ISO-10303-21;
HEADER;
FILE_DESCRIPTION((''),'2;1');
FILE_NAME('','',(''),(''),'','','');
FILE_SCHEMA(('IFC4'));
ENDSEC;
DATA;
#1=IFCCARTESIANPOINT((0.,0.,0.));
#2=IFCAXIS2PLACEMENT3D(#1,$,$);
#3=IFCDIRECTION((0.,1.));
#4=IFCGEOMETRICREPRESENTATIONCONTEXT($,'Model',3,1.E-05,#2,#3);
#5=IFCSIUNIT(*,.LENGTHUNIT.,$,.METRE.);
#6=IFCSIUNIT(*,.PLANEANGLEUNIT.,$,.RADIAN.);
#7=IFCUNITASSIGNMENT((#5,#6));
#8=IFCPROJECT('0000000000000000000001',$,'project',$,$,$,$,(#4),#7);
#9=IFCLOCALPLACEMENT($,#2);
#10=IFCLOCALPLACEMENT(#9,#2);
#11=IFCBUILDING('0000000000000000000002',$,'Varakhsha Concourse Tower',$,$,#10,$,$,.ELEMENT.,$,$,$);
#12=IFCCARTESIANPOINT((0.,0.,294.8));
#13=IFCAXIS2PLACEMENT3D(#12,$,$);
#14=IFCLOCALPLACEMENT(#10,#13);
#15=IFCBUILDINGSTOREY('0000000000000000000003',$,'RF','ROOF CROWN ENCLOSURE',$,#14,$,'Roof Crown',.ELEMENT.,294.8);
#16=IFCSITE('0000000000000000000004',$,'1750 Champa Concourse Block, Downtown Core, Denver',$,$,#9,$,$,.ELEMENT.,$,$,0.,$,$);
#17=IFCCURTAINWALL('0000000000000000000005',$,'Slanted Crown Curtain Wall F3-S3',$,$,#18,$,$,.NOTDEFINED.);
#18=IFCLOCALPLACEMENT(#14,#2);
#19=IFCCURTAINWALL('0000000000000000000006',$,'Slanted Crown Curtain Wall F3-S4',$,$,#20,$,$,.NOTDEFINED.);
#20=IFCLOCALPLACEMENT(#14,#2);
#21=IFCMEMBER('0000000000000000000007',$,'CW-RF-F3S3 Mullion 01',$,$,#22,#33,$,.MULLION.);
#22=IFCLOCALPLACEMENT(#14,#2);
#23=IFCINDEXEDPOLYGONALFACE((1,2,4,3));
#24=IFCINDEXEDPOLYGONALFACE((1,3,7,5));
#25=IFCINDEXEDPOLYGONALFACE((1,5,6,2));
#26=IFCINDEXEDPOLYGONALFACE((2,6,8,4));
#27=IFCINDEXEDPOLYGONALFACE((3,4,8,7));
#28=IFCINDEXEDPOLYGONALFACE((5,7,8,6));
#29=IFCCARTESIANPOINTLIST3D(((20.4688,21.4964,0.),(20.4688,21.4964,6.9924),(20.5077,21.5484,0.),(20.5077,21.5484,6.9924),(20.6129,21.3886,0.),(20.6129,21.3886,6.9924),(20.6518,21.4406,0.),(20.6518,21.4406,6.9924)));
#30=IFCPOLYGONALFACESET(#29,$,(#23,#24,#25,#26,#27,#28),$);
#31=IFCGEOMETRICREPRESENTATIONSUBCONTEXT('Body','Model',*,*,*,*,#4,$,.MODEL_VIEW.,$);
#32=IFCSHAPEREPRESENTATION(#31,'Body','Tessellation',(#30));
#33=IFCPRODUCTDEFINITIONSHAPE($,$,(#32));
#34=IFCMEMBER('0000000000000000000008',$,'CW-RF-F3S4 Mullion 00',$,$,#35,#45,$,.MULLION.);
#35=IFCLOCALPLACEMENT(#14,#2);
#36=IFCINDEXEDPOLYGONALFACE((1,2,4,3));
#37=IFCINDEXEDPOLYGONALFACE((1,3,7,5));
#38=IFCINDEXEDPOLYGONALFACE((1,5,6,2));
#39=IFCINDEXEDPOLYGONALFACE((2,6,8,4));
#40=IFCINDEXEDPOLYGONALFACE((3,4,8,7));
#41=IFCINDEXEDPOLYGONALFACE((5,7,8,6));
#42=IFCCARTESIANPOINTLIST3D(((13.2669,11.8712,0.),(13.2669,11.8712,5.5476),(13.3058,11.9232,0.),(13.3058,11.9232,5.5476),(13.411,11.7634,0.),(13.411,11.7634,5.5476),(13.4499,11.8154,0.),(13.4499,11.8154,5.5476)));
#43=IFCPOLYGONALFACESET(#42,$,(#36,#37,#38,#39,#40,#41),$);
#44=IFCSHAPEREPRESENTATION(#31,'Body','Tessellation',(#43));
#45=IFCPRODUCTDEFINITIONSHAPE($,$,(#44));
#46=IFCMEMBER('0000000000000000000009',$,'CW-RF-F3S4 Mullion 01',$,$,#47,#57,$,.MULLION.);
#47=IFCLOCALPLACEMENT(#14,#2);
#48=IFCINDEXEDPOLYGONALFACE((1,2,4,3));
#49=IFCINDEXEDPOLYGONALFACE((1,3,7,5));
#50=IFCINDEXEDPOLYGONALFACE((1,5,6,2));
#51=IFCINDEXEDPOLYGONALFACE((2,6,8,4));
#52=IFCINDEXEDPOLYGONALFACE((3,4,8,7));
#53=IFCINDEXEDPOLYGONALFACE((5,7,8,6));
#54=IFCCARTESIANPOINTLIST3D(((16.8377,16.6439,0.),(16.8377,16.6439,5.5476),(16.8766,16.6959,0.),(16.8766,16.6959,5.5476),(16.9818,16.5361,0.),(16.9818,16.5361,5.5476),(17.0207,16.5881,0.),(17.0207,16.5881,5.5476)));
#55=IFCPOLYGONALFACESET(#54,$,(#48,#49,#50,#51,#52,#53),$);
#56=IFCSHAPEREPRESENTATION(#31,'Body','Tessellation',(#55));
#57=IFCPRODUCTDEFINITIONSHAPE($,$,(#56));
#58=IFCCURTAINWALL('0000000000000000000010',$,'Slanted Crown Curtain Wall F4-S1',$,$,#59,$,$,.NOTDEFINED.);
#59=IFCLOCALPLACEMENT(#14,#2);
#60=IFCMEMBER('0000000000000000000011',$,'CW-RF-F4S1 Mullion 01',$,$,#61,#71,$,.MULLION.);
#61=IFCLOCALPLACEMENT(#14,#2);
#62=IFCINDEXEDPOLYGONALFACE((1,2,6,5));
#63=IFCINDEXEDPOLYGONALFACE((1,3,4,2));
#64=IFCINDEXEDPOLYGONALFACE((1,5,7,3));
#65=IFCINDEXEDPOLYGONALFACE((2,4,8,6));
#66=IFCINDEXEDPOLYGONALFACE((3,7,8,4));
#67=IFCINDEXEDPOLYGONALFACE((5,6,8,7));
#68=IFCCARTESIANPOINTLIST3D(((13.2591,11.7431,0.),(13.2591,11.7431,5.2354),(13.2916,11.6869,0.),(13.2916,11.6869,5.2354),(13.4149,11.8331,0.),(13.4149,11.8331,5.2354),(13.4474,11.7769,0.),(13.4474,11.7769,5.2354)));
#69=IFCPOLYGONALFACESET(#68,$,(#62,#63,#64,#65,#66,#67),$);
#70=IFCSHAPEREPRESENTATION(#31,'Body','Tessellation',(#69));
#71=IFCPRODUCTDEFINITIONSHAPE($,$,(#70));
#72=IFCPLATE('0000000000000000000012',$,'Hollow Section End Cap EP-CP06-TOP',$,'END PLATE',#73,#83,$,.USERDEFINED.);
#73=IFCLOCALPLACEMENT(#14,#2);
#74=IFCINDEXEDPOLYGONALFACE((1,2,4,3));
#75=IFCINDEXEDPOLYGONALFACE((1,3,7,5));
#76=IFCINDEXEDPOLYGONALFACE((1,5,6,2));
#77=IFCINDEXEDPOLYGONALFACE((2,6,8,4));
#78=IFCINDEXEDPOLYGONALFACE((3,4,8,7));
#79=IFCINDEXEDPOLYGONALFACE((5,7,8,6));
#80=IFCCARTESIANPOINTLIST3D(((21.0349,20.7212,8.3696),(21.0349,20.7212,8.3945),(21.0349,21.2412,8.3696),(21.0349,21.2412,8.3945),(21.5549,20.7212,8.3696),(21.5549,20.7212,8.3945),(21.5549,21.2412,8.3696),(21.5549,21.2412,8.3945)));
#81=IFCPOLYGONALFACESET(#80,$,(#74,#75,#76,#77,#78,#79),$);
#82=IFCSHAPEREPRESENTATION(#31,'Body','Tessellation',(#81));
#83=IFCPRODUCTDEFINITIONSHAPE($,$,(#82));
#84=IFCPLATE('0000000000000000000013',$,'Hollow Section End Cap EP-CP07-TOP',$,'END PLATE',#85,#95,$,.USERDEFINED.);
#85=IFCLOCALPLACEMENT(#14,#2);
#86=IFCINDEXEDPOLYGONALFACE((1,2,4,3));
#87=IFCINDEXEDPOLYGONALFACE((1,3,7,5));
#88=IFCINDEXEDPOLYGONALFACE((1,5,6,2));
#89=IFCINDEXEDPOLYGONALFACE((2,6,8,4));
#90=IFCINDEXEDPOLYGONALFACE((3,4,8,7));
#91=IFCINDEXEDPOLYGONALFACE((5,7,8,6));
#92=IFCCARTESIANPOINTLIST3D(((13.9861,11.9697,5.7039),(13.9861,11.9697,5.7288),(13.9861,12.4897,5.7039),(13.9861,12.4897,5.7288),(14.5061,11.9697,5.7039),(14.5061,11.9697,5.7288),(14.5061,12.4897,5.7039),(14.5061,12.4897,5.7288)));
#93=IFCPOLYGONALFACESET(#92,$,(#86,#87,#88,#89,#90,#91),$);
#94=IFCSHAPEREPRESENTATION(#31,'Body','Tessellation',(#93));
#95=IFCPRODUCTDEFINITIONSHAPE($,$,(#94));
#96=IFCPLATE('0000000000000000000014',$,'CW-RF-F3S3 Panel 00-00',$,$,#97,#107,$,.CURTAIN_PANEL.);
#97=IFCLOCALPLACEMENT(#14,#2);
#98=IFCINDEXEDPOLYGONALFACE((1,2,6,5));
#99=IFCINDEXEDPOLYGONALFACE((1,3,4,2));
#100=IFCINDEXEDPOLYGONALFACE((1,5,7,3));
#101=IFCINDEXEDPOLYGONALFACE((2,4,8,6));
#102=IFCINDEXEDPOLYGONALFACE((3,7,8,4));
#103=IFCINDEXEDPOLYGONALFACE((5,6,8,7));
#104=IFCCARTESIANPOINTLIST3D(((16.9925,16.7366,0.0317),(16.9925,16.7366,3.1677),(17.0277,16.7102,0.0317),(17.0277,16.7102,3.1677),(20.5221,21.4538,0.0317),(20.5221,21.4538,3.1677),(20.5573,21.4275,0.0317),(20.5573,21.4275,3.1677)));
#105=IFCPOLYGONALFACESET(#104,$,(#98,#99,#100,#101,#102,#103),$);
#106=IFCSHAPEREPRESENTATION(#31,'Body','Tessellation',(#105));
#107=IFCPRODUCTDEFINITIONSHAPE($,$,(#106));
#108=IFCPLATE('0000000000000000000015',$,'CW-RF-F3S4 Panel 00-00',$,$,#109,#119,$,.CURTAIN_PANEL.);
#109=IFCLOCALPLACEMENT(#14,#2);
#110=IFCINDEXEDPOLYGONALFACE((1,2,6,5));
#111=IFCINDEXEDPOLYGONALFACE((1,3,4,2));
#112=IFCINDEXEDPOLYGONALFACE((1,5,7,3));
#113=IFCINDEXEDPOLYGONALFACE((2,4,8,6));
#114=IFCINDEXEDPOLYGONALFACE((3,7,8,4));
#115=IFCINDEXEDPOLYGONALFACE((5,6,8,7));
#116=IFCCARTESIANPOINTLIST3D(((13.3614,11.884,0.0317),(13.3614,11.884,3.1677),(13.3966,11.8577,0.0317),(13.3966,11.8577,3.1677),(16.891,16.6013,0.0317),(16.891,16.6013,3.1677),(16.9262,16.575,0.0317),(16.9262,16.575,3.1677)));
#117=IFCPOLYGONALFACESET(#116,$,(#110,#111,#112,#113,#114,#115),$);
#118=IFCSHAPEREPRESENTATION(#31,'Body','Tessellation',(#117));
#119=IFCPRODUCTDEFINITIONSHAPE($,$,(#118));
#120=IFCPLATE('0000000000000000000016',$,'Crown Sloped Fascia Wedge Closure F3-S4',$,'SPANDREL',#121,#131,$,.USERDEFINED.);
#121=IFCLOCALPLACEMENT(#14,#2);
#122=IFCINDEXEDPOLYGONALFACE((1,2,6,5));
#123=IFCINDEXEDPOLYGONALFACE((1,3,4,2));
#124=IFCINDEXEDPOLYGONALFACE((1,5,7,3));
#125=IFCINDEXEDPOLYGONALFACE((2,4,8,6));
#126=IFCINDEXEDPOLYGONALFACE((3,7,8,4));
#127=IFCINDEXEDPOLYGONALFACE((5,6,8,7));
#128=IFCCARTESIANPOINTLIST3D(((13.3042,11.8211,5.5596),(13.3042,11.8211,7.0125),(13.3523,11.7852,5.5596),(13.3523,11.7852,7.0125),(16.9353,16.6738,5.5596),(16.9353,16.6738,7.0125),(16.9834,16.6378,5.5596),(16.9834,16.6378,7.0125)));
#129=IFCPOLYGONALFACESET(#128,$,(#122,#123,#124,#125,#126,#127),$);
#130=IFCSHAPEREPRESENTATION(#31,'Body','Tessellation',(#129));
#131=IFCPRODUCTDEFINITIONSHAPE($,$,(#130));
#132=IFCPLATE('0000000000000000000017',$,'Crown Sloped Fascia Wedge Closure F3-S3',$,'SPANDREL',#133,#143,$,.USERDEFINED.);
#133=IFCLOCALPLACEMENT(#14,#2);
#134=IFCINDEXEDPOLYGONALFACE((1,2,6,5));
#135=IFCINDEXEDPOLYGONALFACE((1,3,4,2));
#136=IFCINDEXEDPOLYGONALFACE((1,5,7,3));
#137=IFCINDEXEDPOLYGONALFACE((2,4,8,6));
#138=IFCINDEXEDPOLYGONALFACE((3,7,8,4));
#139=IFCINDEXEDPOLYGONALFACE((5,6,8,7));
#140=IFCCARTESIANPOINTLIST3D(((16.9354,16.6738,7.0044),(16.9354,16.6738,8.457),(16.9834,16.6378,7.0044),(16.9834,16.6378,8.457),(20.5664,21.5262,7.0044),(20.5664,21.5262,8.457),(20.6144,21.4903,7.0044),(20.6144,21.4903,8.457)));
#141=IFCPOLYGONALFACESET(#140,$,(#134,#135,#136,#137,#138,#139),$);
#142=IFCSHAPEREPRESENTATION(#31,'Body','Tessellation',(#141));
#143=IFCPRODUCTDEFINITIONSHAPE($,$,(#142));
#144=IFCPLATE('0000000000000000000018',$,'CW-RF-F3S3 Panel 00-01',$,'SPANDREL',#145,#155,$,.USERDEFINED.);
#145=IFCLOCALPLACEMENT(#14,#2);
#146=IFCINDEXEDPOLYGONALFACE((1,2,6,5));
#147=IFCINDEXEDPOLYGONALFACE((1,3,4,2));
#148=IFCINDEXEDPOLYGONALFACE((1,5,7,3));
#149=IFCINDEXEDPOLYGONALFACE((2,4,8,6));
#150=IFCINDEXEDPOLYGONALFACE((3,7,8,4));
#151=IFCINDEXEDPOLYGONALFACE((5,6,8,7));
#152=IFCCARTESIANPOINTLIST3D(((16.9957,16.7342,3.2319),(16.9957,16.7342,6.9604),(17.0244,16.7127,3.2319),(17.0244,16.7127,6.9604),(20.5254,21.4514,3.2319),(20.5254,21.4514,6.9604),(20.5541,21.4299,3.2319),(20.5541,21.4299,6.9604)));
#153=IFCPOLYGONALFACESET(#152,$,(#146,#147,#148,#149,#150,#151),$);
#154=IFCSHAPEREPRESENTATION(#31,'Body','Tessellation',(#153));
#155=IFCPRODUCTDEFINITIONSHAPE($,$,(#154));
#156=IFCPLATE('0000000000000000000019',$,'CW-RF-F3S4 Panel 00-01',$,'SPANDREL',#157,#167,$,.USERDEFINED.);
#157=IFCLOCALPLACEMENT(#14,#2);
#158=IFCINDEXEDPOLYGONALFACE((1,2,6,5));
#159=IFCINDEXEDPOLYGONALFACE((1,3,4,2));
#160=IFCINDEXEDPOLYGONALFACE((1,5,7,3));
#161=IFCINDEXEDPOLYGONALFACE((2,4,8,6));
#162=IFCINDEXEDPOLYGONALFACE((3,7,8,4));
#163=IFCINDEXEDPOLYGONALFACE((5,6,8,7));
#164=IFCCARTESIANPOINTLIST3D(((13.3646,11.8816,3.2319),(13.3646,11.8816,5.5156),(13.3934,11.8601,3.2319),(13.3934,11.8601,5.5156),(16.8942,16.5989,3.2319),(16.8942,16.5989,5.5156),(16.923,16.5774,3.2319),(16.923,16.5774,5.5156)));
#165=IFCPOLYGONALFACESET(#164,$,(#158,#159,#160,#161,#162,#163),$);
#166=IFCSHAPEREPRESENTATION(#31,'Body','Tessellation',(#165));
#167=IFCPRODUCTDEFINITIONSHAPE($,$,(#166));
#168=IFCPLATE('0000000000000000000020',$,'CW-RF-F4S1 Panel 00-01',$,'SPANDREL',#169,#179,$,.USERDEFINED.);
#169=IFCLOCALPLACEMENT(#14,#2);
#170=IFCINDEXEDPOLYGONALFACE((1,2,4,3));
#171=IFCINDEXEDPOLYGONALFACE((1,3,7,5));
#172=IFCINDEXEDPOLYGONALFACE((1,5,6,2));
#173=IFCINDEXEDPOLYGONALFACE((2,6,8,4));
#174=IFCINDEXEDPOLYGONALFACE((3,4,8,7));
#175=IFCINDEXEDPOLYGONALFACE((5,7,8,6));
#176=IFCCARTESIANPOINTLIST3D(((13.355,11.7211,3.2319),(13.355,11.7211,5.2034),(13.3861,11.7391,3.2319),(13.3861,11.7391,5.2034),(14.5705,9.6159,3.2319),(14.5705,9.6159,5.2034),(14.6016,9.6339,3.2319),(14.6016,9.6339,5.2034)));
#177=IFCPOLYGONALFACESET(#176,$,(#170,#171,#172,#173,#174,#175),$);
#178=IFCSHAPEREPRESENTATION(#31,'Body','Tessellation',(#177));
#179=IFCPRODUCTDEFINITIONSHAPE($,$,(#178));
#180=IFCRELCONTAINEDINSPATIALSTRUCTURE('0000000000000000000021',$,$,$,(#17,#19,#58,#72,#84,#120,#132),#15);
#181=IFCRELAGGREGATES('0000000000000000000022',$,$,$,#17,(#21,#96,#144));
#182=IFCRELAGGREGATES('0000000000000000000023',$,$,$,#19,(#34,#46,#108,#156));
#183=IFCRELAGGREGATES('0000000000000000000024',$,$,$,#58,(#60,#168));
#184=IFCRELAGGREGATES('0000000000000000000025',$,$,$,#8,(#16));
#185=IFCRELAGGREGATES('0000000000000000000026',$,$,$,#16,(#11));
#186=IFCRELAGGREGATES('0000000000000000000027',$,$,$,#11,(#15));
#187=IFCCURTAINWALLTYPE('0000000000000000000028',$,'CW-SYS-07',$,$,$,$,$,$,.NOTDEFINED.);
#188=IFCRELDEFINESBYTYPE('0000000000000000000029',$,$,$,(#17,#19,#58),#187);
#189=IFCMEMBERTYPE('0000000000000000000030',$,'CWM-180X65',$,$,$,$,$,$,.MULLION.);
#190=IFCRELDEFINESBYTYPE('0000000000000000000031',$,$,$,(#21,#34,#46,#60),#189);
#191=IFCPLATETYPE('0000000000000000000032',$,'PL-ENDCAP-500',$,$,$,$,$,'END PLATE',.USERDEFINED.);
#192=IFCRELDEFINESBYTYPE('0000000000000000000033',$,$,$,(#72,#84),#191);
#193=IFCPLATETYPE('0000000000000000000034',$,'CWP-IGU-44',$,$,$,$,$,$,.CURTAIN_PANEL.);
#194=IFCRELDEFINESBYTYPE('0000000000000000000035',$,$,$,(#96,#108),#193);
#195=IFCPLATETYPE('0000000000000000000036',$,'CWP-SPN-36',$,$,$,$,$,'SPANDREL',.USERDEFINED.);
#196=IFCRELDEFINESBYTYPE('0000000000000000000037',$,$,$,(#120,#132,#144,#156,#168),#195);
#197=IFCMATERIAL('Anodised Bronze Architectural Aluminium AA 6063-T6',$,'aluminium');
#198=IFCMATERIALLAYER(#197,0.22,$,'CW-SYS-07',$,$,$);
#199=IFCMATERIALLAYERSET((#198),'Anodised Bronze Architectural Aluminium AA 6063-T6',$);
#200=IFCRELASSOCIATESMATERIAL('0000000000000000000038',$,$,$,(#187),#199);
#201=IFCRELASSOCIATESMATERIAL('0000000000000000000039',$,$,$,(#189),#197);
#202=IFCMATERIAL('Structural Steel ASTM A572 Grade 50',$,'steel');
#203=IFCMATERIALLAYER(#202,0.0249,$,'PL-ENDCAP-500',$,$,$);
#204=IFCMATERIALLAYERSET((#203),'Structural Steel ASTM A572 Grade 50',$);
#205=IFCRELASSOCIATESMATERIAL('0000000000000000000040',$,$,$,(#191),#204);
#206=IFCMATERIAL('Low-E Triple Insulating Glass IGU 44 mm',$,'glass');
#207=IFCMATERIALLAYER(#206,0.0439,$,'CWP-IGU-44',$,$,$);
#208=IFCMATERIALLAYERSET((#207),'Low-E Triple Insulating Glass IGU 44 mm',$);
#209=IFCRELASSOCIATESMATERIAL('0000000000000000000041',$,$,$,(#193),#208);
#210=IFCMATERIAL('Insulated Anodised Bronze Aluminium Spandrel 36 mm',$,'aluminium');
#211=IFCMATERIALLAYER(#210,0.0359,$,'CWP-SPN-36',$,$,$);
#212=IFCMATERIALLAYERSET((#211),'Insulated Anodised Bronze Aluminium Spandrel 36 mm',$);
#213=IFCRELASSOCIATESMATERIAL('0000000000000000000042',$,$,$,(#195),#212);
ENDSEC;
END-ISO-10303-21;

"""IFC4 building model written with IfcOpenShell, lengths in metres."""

from ifc_helpers import new_model, si_unit, direction, frame, origin, origin_2d, place, context, subcontext, project, spatial, rectangle, extrude, source, transform, mapped, material, layer, layer_set, material_profile, profile_set, type_object, type_shapes, element, aggregate, save


model = new_model("IFC4")

# Units and contexts
model_context = context("Model", 3, precision=1e-05, world=origin(), true_north=direction((0.0, 1.0)))
body_context = subcontext(model_context, "Body", "Model", "MODEL_VIEW")
ifc_project = project(units=[si_unit("LENGTHUNIT", "METRE"), si_unit("PLANEANGLEUNIT", "RADIAN")], contexts=[model_context])

# Site, building, storey
site_placement = place(None, origin())
site = spatial("IfcSite", under=ifc_project, at=site_placement, Name="1750 Champa Concourse Block, Downtown Core, Denver", CompositionType="ELEMENT", RefElevation=0.0)
building_placement = place(site_placement, origin())
building = spatial("IfcBuilding", under=site, at=building_placement, Name="Varakhsha Concourse Tower", CompositionType="ELEMENT")
storey_placement = place(building_placement, frame((0.0, 0.0, 294.8)))
storey = spatial("IfcBuildingStorey", under=building, at=storey_placement, Name="RF", Description="ROOF CROWN ENCLOSURE", LongName="Roof Crown", CompositionType="ELEMENT", Elevation=294.8)

# Shared definitions
ifc_material_1 = material(Name="Structural Steel ASTM A572 Grade 50", Category="steel")

# Shared definitions
ifc_material_2 = material(Name="Anodised Bronze Architectural Aluminium AA 6063-T6", Category="aluminium")
ifc_layer_1 = layer(ifc_material_2, 0.22, Name="CW-SYS-07")
ifc_layer_set_1 = layer_set([ifc_layer_1], Name="Anodised Bronze Architectural Aluminium AA 6063-T6")
curtain_wall_type = type_object("IfcCurtainWallType", Name="CW-SYS-07", PredefinedType="NOTDEFINED", material=ifc_layer_set_1)

# Curtain walls
curtain_wall_1_placement = place(storey_placement, origin())
curtain_wall_1 = element("IfcCurtainWall", 1, at=curtain_wall_1_placement, inside=storey, type_object=curtain_wall_type, Name="Slanted Crown Curtain Wall F3-S3", PredefinedType="NOTDEFINED")
curtain_wall_2_placement = place(storey_placement, origin())
curtain_wall_2 = element("IfcCurtainWall", 2, at=curtain_wall_2_placement, inside=storey, type_object=curtain_wall_type, Name="Slanted Crown Curtain Wall F3-S4", PredefinedType="NOTDEFINED")

# Members
ifc_material_profile_1 = material_profile(ifc_material_2, rectangle(XDim=0.0649, YDim=0.1799, at=origin_2d()), Name="CWM-180X65")
ifc_profile_set_1 = profile_set([ifc_material_profile_1], Name="Anodised Bronze Architectural Aluminium AA 6063-T6")
member_type_1 = type_object("IfcMemberType", Name="CWM-180X65", PredefinedType="MULLION", material=ifc_profile_set_1)
shared_shape_1 = source(origin(), body_context, "Body", "SweptSolid", [
    extrude(rectangle(XDim=0.0649, YDim=0.1799, at=origin_2d()), origin(), (0.0, 0.0, 1.0), 6.9924),
])
member_1_placement = place(storey_placement, frame((20.5603, 21.4685, 0.0), z_axis=(0.0, 0.0, 1.0), x_axis=(0.5991, 0.800674, 0.0)))
member_1 = element("IfcMember", 3, at=member_1_placement, type_object=member_type_1, Name="CW-RF-F3S3 Mullion 01", PredefinedType="MULLION", context=body_context, shape_type="MappedRepresentation", body=[
    mapped(shared_shape_1, transform((0.0, 0.0, 0.0), scale=1.0)),
])
shared_shape_2 = source(origin(), body_context, "Body", "SweptSolid", [
    extrude(rectangle(XDim=0.0649, YDim=0.1799, at=origin_2d()), origin(), (0.0, 0.0, 1.0), 5.5476),
])
member_2_placement = place(storey_placement, frame((13.3584, 11.8433, 0.0), z_axis=(0.0, 0.0, 1.0), x_axis=(0.599092, 0.80068, 0.0)))
member_2 = element("IfcMember", 4, at=member_2_placement, type_object=member_type_1, Name="CW-RF-F3S4 Mullion 00", PredefinedType="MULLION", context=body_context, shape_type="MappedRepresentation", body=[
    mapped(shared_shape_2, transform((0.0, 0.0, 0.0), scale=1.0)),
])
member_3_placement = place(storey_placement, frame((16.9292, 16.616, 0.0), z_axis=(0.0, 0.0, 1.0), x_axis=(0.599092, 0.80068, 0.0)))
member_3 = element("IfcMember", 5, at=member_3_placement, type_object=member_type_1, Name="CW-RF-F3S4 Mullion 01", PredefinedType="MULLION", context=body_context, shape_type="MappedRepresentation", body=[
    mapped(shared_shape_2, transform((0.0, 0.0, 0.0), scale=1.0)),
])

# Curtain wall, member
curtain_wall_3_placement = place(storey_placement, origin())
curtain_wall_3 = element("IfcCurtainWall", 6, at=curtain_wall_3_placement, inside=storey, type_object=curtain_wall_type, Name="Slanted Crown Curtain Wall F4-S1", PredefinedType="NOTDEFINED")
shared_shape_3 = source(origin(), body_context, "Body", "SweptSolid", [
    extrude(rectangle(XDim=0.0649, YDim=0.1799, at=origin_2d()), origin(), (0.0, 0.0, 1.0), 5.2354),
])
member_4_placement = place(storey_placement, frame((13.3533, 11.76, 0.0), z_axis=(0.0, 0.0, 1.0), x_axis=(-0.500011, 0.866019, 0.0)))
member_4 = element("IfcMember", 7, at=member_4_placement, type_object=member_type_1, Name="CW-RF-F4S1 Mullion 01", PredefinedType="MULLION", context=body_context, shape_type="MappedRepresentation", body=[
    mapped(shared_shape_3, transform((0.0, 0.0, 0.0), scale=1.0)),
])

# Plates
ifc_layer_2 = layer(ifc_material_1, 0.0249, Name="PL-ENDCAP-500")
ifc_layer_set_2 = layer_set([ifc_layer_2], Name="Structural Steel ASTM A572 Grade 50")
plate_type_1 = type_object("IfcPlateType", Name="PL-ENDCAP-500", ElementType="END PLATE", PredefinedType="USERDEFINED", material=ifc_layer_set_2)
shared_shape_4 = source(origin(), body_context, "Body", "SweptSolid", [
    extrude(rectangle(XDim=0.52, YDim=0.52, at=origin_2d()), origin(), (0.0, 0.0, 1.0), 0.0249),
])
type_shapes(plate_type_1, [shared_shape_4])
for number, where, z_axis, x_axis, name in (
    (8, (21.2949, 20.9812, 8.3696), (0.0, 0.0, 1.0), (1.0, 0.0, 0.0), "Hollow Section End Cap EP-CP06-TOP"),
    (9, (14.2461, 12.2297, 5.7039), (0.0, 0.0, 1.0), (1.0, 0.0, 0.0), "Hollow Section End Cap EP-CP07-TOP"),
):
    element("IfcPlate", number, at=place(storey_placement, frame(where, z_axis=z_axis, x_axis=x_axis)), inside=storey, type_object=plate_type_1, Name=name, ObjectType="END PLATE", PredefinedType="USERDEFINED", context=body_context, shape_type="MappedRepresentation", body=[
        mapped(shared_shape_4, transform((0.0, 0.0, 0.0), scale=1.0)),
    ])

# Plates
ifc_material_3 = material(Name="Low-E Triple Insulating Glass IGU 44 mm", Category="glass")
ifc_layer_3 = layer(ifc_material_3, 0.0439, Name="CWP-IGU-44")
ifc_layer_set_3 = layer_set([ifc_layer_3], Name="Low-E Triple Insulating Glass IGU 44 mm")
plate_type_2 = type_object("IfcPlateType", Name="CWP-IGU-44", PredefinedType="CURTAIN_PANEL", material=ifc_layer_set_3)
shared_shape_5 = source(origin(), body_context, "Body", "SweptSolid", [
    extrude(rectangle(XDim=5.8916, YDim=0.0439, at=origin_2d()), origin(), (0.0, 0.0, 1.0), 3.136),
])
type_shapes(plate_type_2, [shared_shape_5])
plate_1_placement = place(storey_placement, frame((18.7749, 19.082, 0.0317), z_axis=(0.0, 0.0, 1.0), x_axis=(0.5991, 0.800674, 0.0)))
plate_1 = element("IfcPlate", 10, at=plate_1_placement, type_object=plate_type_2, Name="CW-RF-F3S3 Panel 00-00", PredefinedType="CURTAIN_PANEL", context=body_context, shape_type="MappedRepresentation", body=[
    mapped(shared_shape_5, transform((0.0, 0.0, 0.0), scale=1.0)),
])
plate_2_placement = place(storey_placement, frame((15.1438, 14.2295, 0.0317), z_axis=(0.0, 0.0, 1.0), x_axis=(0.599092, 0.80068, 0.0)))
plate_2 = element("IfcPlate", 11, at=plate_2_placement, type_object=plate_type_2, Name="CW-RF-F3S4 Panel 00-00", PredefinedType="CURTAIN_PANEL", context=body_context, shape_type="MappedRepresentation", body=[
    mapped(shared_shape_5, transform((0.0, 0.0, 0.0), scale=1.0)),
])

# Plates
ifc_material_4 = material(Name="Insulated Anodised Bronze Aluminium Spandrel 36 mm", Category="aluminium")
ifc_layer_4 = layer(ifc_material_4, 0.0359, Name="CWP-SPN-36")
ifc_layer_set_4 = layer_set([ifc_layer_4], Name="Insulated Anodised Bronze Aluminium Spandrel 36 mm")
plate_type_3 = type_object("IfcPlateType", Name="CWP-SPN-36", ElementType="SPANDREL", PredefinedType="USERDEFINED", material=ifc_layer_set_4)
shared_shape_6 = source(origin(), body_context, "Body", "SweptSolid", [
    extrude(rectangle(XDim=6.0608, YDim=0.0601, at=origin_2d()), origin(), (0.0, 0.0, 1.0), 1.4529),
])
plate_3_placement = place(storey_placement, frame((15.1438, 14.2295, 5.5596), z_axis=(0.0, 0.0, 1.0), x_axis=(0.599107, 0.800669, 0.0)))
element("IfcPlate", 12, at=plate_3_placement, inside=storey, type_object=plate_type_3, Name="Crown Sloped Fascia Wedge Closure F3-S4", ObjectType="SPANDREL", PredefinedType="USERDEFINED", context=body_context, shape_type="MappedRepresentation", body=[
    mapped(shared_shape_6, transform((0.0, 0.0, 0.0), scale=1.0)),
])
shared_shape_7 = source(origin(), body_context, "Body", "SweptSolid", [
    extrude(rectangle(XDim=6.0605, YDim=0.0601, at=origin_2d()), origin(), (0.0, 0.0, 1.0), 1.4526),
])
plate_4_placement = place(storey_placement, frame((18.7749, 19.082, 7.0044), z_axis=(0.0, 0.0, 1.0), x_axis=(0.599121, 0.800658, 0.0)))
element("IfcPlate", 13, at=plate_4_placement, inside=storey, type_object=plate_type_3, Name="Crown Sloped Fascia Wedge Closure F3-S3", ObjectType="SPANDREL", PredefinedType="USERDEFINED", context=body_context, shape_type="MappedRepresentation", body=[
    mapped(shared_shape_7, transform((0.0, 0.0, 0.0), scale=1.0)),
])

# Plates
shared_shape_8 = source(origin(), body_context, "Body", "SweptSolid", [
    extrude(rectangle(XDim=5.8916, YDim=0.0359, at=origin_2d()), origin(), (0.0, 0.0, 1.0), 3.7285),
])
plate_5_placement = place(storey_placement, frame((18.7749, 19.082, 3.2319), z_axis=(0.0, 0.0, 1.0), x_axis=(0.5991, 0.800674, 0.0)))
plate_5 = element("IfcPlate", 14, at=plate_5_placement, type_object=plate_type_3, Name="CW-RF-F3S3 Panel 00-01", ObjectType="SPANDREL", PredefinedType="USERDEFINED", context=body_context, shape_type="MappedRepresentation", body=[
    mapped(shared_shape_8, transform((0.0, 0.0, 0.0), scale=1.0)),
])
aggregate(curtain_wall_1, [member_1, plate_1, plate_5])
shared_shape_9 = source(origin(), body_context, "Body", "SweptSolid", [
    extrude(rectangle(XDim=5.8916, YDim=0.0359, at=origin_2d()), origin(), (0.0, 0.0, 1.0), 2.2837),
])
plate_6_placement = place(storey_placement, frame((15.1438, 14.2295, 3.2319), z_axis=(0.0, 0.0, 1.0), x_axis=(0.599092, 0.80068, 0.0)))
plate_6 = element("IfcPlate", 15, at=plate_6_placement, type_object=plate_type_3, Name="CW-RF-F3S4 Panel 00-01", ObjectType="SPANDREL", PredefinedType="USERDEFINED", context=body_context, shape_type="MappedRepresentation", body=[
    mapped(shared_shape_9, transform((0.0, 0.0, 0.0), scale=1.0)),
])
aggregate(curtain_wall_2, [member_2, member_3, plate_2, plate_6])
shared_shape_10 = source(origin(), body_context, "Body", "SweptSolid", [
    extrude(rectangle(XDim=2.4309, YDim=0.0359, at=origin_2d()), origin(), (0.0, 0.0, 1.0), 1.9714),
])
plate_7_placement = place(storey_placement, frame((13.9783, 10.6775, 3.2319), z_axis=(0.0, 0.0, 1.0), x_axis=(-0.500011, 0.866019, 0.0)))
plate_7 = element("IfcPlate", 16, at=plate_7_placement, type_object=plate_type_3, Name="CW-RF-F4S1 Panel 00-01", ObjectType="SPANDREL", PredefinedType="USERDEFINED", context=body_context, shape_type="MappedRepresentation", body=[
    mapped(shared_shape_10, transform((0.0, 0.0, 0.0), scale=1.0)),
])
aggregate(curtain_wall_3, [member_4, plate_7])

save(model, "model.ifc")
